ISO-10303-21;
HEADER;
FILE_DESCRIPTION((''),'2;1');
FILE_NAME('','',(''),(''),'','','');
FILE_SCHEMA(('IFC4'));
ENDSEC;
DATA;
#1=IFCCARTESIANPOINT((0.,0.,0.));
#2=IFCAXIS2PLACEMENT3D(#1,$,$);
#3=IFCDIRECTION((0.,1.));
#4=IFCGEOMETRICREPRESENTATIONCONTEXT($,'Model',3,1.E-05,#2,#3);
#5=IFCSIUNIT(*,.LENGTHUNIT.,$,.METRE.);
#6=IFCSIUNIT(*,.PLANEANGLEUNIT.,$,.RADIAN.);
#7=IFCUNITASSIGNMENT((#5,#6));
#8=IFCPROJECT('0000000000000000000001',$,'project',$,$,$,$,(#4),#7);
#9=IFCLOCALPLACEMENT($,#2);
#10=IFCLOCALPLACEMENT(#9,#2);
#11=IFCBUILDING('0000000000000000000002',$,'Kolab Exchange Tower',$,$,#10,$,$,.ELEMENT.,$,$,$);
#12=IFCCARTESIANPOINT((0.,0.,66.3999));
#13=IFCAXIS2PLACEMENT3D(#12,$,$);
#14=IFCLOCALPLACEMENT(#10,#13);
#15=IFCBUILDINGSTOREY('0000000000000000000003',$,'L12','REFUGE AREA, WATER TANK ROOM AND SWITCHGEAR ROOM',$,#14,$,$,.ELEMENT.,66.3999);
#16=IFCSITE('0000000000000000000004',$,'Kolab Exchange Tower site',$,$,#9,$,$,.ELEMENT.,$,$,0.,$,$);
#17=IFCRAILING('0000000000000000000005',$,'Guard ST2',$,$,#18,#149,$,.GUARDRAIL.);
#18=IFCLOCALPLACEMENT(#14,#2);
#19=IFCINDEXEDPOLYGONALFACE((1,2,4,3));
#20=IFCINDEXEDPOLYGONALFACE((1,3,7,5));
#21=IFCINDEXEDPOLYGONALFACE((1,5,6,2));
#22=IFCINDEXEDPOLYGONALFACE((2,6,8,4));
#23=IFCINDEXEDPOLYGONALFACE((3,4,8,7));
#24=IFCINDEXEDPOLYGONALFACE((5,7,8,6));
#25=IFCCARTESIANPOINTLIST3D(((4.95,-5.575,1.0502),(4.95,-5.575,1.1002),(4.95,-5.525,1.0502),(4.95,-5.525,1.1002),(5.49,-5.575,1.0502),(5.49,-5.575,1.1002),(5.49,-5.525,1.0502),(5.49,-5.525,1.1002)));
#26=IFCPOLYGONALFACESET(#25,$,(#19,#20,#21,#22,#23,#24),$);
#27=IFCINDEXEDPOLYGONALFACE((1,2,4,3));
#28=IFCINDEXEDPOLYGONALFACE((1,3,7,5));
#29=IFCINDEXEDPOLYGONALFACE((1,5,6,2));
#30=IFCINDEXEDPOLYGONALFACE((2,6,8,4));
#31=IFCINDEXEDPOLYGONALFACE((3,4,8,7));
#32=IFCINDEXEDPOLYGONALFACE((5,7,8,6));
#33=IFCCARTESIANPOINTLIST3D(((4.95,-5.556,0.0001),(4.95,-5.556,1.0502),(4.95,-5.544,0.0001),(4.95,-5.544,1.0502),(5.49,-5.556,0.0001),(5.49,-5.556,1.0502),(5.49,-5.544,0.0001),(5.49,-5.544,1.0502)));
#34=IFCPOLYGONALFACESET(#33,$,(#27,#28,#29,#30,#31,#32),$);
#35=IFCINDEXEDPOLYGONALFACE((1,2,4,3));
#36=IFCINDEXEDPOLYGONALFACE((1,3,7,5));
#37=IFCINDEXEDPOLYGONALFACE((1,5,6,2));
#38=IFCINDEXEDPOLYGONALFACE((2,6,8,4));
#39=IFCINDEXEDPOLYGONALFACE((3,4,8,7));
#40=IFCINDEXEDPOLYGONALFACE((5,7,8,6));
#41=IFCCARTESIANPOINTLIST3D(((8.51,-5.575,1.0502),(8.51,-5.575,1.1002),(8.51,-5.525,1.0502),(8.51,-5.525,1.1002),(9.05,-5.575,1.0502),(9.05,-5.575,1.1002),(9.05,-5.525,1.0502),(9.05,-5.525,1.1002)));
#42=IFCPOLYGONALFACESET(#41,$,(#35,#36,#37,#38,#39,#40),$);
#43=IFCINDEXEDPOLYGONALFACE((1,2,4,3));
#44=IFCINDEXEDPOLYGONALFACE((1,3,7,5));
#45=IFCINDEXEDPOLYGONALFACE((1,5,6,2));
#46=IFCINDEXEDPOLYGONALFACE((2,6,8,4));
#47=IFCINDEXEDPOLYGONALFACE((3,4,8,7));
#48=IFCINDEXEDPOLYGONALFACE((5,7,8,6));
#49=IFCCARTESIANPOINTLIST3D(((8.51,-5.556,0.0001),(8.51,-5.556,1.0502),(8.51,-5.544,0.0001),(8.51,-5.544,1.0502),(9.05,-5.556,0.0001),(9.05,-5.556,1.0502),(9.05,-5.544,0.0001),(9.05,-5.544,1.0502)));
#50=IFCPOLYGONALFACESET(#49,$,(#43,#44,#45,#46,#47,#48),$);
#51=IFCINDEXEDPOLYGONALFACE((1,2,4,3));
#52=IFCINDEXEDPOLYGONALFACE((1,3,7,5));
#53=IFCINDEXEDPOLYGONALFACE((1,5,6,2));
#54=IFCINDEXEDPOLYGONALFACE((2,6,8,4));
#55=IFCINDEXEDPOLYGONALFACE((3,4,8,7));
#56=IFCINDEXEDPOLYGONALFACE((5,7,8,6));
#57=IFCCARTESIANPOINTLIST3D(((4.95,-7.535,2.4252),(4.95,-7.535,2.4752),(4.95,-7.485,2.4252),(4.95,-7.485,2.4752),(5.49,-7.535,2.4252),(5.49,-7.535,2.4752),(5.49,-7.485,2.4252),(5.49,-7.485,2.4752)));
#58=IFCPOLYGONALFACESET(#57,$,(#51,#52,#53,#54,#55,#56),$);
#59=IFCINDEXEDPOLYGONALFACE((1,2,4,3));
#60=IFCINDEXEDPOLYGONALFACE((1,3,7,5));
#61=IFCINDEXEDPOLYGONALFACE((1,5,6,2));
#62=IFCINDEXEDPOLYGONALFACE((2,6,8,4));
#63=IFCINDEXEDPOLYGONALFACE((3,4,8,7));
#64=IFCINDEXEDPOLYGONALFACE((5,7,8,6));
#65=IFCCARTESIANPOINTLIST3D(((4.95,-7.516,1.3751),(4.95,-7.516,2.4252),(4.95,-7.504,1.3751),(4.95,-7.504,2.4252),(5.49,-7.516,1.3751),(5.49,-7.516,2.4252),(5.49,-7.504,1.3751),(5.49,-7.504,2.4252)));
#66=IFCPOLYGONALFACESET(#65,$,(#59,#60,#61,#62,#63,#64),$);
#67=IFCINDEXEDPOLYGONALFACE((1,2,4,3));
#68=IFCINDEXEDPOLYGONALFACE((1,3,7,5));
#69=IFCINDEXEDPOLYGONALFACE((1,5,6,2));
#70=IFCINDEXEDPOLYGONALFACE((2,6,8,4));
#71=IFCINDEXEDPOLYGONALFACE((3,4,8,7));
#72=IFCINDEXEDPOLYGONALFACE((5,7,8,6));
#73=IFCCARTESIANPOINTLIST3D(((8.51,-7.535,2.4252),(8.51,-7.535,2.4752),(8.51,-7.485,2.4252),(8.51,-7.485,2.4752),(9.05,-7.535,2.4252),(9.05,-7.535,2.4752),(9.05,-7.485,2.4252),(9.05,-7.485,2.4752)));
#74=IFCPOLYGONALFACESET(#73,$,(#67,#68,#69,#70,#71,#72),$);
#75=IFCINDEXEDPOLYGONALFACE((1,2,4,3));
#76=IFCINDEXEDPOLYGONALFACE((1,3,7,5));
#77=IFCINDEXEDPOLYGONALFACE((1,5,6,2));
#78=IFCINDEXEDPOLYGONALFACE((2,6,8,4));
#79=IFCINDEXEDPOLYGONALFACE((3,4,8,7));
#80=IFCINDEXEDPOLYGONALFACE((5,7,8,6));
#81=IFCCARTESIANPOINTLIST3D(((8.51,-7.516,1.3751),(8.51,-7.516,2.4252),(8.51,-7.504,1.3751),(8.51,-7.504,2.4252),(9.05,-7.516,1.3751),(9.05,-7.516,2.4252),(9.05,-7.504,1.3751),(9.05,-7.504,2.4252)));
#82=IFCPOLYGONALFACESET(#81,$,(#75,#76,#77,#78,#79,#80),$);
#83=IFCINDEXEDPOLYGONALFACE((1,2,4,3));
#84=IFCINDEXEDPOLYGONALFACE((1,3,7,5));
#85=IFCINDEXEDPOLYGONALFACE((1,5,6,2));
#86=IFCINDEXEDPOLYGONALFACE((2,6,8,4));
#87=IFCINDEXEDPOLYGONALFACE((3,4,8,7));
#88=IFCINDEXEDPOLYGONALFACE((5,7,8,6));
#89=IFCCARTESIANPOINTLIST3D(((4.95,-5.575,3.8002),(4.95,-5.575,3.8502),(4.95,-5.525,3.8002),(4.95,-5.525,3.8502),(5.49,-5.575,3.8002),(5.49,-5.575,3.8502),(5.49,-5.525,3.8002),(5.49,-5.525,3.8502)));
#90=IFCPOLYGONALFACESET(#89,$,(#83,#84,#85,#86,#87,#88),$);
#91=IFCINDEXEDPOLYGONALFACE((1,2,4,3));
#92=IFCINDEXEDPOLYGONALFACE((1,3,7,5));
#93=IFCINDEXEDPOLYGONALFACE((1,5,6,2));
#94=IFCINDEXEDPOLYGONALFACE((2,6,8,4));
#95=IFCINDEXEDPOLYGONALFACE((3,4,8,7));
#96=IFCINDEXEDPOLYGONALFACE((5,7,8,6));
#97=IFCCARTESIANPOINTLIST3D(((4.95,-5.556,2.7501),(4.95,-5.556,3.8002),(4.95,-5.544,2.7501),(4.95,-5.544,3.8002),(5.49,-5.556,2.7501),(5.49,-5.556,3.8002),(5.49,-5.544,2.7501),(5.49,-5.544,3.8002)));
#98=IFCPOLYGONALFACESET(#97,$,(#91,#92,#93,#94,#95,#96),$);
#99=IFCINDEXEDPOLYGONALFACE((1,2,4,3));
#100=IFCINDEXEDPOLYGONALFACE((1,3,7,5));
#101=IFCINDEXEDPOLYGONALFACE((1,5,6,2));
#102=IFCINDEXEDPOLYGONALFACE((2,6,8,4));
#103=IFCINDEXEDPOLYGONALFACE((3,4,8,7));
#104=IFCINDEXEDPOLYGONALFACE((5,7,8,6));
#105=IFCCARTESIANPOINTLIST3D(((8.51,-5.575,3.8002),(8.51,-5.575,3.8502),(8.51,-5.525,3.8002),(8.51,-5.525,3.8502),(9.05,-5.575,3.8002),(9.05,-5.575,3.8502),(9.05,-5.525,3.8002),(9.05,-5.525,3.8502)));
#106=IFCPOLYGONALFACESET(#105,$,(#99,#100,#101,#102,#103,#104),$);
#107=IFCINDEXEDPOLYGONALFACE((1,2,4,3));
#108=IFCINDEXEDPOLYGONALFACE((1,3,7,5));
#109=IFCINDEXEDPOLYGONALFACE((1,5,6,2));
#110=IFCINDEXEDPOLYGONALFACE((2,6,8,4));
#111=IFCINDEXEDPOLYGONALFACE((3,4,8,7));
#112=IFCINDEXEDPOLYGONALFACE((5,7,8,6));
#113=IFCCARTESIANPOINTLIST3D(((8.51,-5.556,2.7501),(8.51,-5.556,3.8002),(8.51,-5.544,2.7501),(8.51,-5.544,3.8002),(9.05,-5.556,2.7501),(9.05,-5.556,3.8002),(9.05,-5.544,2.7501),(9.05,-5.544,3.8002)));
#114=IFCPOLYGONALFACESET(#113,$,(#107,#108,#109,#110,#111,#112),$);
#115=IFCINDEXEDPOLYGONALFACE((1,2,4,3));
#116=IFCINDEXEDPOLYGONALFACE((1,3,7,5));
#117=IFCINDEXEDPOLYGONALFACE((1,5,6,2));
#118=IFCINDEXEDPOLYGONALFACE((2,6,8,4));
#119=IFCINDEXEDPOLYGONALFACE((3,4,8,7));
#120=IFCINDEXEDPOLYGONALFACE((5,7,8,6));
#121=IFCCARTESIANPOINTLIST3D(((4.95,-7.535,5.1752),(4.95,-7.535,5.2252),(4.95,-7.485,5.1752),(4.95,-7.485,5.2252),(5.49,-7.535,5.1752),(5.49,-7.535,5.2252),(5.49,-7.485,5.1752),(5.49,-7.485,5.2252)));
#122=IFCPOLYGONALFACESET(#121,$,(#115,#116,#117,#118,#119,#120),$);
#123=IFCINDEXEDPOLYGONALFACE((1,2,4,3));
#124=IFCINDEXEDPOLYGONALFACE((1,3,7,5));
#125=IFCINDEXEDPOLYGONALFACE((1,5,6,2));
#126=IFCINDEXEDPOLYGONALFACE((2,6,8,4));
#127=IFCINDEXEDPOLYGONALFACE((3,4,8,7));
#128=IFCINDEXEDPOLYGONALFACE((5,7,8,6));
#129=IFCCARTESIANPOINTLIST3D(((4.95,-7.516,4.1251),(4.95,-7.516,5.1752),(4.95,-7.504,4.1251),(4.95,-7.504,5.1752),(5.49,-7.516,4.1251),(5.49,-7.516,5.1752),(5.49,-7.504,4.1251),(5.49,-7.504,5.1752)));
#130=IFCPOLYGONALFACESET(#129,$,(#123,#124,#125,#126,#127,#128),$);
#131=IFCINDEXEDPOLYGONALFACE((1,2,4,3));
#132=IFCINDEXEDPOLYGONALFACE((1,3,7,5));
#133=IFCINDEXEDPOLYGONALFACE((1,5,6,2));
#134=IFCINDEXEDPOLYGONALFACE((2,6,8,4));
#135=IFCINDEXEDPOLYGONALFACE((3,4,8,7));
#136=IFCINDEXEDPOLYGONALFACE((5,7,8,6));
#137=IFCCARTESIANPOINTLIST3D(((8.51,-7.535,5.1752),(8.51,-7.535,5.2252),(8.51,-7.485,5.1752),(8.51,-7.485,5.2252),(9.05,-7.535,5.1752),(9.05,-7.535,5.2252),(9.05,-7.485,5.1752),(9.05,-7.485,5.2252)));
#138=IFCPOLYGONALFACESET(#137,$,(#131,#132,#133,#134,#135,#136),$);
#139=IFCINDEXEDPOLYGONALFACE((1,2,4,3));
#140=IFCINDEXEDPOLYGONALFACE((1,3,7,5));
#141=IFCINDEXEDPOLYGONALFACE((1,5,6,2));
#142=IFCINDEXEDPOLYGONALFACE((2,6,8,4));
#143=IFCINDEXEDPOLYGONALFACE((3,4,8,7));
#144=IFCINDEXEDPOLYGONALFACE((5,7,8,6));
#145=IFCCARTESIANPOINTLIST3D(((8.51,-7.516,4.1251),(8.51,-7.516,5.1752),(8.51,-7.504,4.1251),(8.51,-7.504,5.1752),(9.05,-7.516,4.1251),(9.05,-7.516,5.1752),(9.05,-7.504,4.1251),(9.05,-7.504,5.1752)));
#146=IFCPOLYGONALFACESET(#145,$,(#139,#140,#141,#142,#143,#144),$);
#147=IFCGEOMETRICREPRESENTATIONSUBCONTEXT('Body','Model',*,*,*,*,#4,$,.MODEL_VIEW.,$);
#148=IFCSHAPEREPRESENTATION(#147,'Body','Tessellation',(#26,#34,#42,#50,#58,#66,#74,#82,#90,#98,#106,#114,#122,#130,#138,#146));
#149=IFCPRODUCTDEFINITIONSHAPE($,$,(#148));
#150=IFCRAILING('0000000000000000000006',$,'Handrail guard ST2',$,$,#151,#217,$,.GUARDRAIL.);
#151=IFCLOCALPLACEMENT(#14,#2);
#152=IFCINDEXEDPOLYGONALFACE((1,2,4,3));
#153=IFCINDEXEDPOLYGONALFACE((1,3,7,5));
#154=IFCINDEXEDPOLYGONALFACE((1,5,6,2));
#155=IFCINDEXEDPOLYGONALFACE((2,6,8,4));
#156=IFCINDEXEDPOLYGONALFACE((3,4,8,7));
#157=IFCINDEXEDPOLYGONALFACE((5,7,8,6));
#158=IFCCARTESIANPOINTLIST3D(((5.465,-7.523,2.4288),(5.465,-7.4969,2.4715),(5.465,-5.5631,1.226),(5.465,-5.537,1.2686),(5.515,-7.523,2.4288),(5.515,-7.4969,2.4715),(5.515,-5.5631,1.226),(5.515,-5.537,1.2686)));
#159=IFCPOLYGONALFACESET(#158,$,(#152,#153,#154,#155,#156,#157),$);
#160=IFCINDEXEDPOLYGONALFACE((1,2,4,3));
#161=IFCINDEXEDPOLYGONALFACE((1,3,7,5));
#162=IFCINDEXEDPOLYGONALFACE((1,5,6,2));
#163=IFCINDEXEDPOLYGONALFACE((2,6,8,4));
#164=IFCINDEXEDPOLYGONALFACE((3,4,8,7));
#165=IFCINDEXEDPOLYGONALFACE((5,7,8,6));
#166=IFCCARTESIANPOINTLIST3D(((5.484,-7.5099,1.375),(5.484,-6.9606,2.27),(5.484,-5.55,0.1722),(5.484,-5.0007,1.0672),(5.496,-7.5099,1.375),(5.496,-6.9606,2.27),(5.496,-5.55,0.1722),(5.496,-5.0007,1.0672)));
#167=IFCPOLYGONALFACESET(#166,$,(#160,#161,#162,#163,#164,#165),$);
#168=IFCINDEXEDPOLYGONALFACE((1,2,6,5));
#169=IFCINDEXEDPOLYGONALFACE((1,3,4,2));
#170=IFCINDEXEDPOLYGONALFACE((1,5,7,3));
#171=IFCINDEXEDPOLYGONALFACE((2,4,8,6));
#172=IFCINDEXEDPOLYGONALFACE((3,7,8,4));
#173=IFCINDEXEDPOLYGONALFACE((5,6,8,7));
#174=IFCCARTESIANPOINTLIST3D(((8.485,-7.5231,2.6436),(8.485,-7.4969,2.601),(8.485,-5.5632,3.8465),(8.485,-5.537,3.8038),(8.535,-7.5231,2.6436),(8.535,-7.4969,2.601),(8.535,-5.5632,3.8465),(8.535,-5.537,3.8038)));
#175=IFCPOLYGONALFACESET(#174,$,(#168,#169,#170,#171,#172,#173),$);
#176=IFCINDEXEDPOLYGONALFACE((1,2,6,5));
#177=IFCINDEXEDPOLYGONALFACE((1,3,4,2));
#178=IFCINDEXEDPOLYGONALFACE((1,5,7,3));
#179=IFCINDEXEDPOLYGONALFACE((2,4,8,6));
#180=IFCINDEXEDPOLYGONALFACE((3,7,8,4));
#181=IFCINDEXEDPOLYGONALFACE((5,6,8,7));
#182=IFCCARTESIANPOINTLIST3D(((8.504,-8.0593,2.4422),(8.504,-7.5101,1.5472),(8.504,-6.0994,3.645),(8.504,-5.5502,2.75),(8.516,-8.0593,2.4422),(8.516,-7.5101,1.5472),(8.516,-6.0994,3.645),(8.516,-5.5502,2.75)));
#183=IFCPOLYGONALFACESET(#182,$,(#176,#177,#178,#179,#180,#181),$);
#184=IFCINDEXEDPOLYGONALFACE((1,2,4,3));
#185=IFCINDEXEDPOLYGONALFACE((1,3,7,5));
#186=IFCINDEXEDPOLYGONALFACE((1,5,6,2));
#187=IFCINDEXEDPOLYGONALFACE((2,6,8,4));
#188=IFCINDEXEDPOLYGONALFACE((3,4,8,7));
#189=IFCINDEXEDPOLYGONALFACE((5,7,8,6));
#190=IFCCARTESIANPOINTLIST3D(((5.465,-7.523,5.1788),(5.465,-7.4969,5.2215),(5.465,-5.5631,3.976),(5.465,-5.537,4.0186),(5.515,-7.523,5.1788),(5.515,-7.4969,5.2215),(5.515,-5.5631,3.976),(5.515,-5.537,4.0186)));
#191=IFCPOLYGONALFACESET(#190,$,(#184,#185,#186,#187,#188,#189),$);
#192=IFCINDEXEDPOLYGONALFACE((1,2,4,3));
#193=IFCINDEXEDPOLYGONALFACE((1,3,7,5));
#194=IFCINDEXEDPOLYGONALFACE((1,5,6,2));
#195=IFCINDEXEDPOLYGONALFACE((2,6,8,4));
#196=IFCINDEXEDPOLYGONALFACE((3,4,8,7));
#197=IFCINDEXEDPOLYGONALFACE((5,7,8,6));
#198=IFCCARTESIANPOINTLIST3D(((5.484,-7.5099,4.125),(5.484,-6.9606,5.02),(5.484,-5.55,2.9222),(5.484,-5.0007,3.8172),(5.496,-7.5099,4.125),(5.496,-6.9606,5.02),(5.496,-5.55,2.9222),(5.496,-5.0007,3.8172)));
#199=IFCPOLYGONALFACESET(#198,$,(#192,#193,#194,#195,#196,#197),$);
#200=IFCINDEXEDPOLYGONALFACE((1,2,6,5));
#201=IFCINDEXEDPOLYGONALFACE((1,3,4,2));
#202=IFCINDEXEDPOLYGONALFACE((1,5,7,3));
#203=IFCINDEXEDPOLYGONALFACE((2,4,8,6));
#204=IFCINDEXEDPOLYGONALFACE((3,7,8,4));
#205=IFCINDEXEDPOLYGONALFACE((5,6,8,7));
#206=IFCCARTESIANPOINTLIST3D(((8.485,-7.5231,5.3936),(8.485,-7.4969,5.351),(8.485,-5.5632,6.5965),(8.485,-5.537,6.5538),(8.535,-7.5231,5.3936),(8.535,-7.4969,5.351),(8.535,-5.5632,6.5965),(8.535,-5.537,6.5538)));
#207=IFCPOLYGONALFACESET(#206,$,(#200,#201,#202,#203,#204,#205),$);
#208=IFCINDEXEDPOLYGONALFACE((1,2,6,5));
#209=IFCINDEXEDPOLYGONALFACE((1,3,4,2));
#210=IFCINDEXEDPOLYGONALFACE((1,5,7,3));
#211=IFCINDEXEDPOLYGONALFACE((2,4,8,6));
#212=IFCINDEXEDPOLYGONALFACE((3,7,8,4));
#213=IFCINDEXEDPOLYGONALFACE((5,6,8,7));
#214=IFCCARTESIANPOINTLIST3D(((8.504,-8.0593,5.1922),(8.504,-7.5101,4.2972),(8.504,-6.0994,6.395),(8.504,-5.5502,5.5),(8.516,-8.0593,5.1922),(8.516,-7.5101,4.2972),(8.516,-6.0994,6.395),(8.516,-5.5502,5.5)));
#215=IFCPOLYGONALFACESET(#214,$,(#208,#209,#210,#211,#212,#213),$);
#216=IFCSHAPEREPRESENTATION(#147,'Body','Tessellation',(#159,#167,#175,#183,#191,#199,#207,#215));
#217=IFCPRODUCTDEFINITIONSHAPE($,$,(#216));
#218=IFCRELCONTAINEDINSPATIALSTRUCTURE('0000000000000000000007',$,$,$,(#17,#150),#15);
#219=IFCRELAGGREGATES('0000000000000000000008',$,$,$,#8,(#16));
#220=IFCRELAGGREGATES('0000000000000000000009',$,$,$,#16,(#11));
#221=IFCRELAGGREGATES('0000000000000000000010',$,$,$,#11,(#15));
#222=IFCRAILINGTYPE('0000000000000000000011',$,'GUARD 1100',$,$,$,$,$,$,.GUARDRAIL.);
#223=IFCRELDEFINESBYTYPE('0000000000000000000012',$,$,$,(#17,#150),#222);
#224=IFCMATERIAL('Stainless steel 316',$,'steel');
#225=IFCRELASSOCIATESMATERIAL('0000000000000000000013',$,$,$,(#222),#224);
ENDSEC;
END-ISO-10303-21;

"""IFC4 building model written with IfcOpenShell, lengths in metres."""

from ifc_helpers import new_model, si_unit, direction, frame, frame_2d, origin, origin_2d, place, context, subcontext, project, spatial, rectangle, extrude, material, type_object, element, save


model = new_model("IFC4")

# Units and contexts
model_context = context("Model", 3, precision=1e-05, world=origin(), true_north=direction((0.0, 1.0)))
body_context = subcontext(model_context, "Body", "Model", "MODEL_VIEW")
ifc_project = project(units=[si_unit("LENGTHUNIT", "METRE"), si_unit("PLANEANGLEUNIT", "RADIAN")], contexts=[model_context])

# Site, building, storey
site_placement = place(None, origin())
site = spatial("IfcSite", under=ifc_project, at=site_placement, Name="Kolab Exchange Tower site", CompositionType="ELEMENT", RefElevation=0.0)
building_placement = place(site_placement, origin())
building = spatial("IfcBuilding", under=site, at=building_placement, Name="Kolab Exchange Tower", CompositionType="ELEMENT")
storey_placement = place(building_placement, frame((0.0, 0.0, 66.3999)))
storey = spatial("IfcBuildingStorey", under=building, at=storey_placement, Name="L12", Description="REFUGE AREA, WATER TANK ROOM AND SWITCHGEAR ROOM", CompositionType="ELEMENT", Elevation=66.3999)

# Shared definitions
ifc_material_1 = material(Name="Stainless steel 316", Category="steel")

# Railings
railing_type = type_object("IfcRailingType", Name="GUARD 1100", PredefinedType="GUARDRAIL", material=ifc_material_1)
railing_1_placement = place(storey_placement, frame((4.95, -5.55, 0.0)))
element("IfcRailing", 1, at=railing_1_placement, inside=storey, type_object=railing_type, Name="Guard ST2", PredefinedType="GUARDRAIL", context=body_context, shape_type="SweptSolid", body=[
    extrude(rectangle(XDim=0.05, YDim=0.05, at=origin_2d()), frame((0.0, 0.0, 1.0752), z_axis=(1.0, 0.0, 0.0), x_axis=(0.0, 1.0, 0.0)), (0.0, 0.0, 1.0), 0.54),
    extrude(rectangle(XDim=0.012, YDim=1.0501, at=frame_2d((0.0, 0.5251))), frame((0.0, 0.0, 0.0), z_axis=(1.0, 0.0, 0.0), x_axis=(0.0, 1.0, 0.0)), (0.0, 0.0, 1.0), 0.54),
    extrude(rectangle(XDim=0.05, YDim=0.05, at=origin_2d()), frame((3.5601, 0.0, 1.0752), z_axis=(1.0, 0.0, 0.0), x_axis=(0.0, 1.0, 0.0)), (0.0, 0.0, 1.0), 0.54),
    extrude(rectangle(XDim=0.012, YDim=1.0501, at=frame_2d((0.0, 0.5251))), frame((3.5601, 0.0, 0.0), z_axis=(1.0, 0.0, 0.0), x_axis=(0.0, 1.0, 0.0)), (0.0, 0.0, 1.0), 0.54),
    extrude(rectangle(XDim=0.05, YDim=0.05, at=origin_2d()), frame((0.0, -1.96, 2.4502), z_axis=(1.0, 0.0, 0.0), x_axis=(0.0, 1.0, 0.0)), (0.0, 0.0, 1.0), 0.54),
    extrude(rectangle(XDim=0.012, YDim=1.0501, at=frame_2d((0.0, 0.5251))), frame((0.0, -1.96, 1.375), z_axis=(1.0, 0.0, 0.0), x_axis=(0.0, 1.0, 0.0)), (0.0, 0.0, 1.0), 0.54),
    extrude(rectangle(XDim=0.05, YDim=0.05, at=origin_2d()), frame((3.5601, -1.96, 2.4502), z_axis=(1.0, 0.0, 0.0), x_axis=(0.0, 1.0, 0.0)), (0.0, 0.0, 1.0), 0.54),
    extrude(rectangle(XDim=0.012, YDim=1.0501, at=frame_2d((0.0, 0.5251))), frame((3.5601, -1.96, 1.375), z_axis=(1.0, 0.0, 0.0), x_axis=(0.0, 1.0, 0.0)), (0.0, 0.0, 1.0), 0.54),
    extrude(rectangle(XDim=0.05, YDim=0.05, at=origin_2d()), frame((0.0, 0.0, 3.8252), z_axis=(1.0, 0.0, 0.0), x_axis=(0.0, 1.0, 0.0)), (0.0, 0.0, 1.0), 0.54),
    extrude(rectangle(XDim=0.012, YDim=1.0501, at=frame_2d((0.0, 0.5251))), frame((0.0, 0.0, 2.75), z_axis=(1.0, 0.0, 0.0), x_axis=(0.0, 1.0, 0.0)), (0.0, 0.0, 1.0), 0.54),
    extrude(rectangle(XDim=0.05, YDim=0.05, at=origin_2d()), frame((3.5601, 0.0, 3.8252), z_axis=(1.0, 0.0, 0.0), x_axis=(0.0, 1.0, 0.0)), (0.0, 0.0, 1.0), 0.54),
    extrude(rectangle(XDim=0.012, YDim=1.0501, at=frame_2d((0.0, 0.5251))), frame((3.5601, 0.0, 2.75), z_axis=(1.0, 0.0, 0.0), x_axis=(0.0, 1.0, 0.0)), (0.0, 0.0, 1.0), 0.54),
    extrude(rectangle(XDim=0.05, YDim=0.05, at=origin_2d()), frame((0.0, -1.96, 5.2002), z_axis=(1.0, 0.0, 0.0), x_axis=(0.0, 1.0, 0.0)), (0.0, 0.0, 1.0), 0.54),
    extrude(rectangle(XDim=0.012, YDim=1.0501, at=frame_2d((0.0, 0.5251))), frame((0.0, -1.96, 4.125), z_axis=(1.0, 0.0, 0.0), x_axis=(0.0, 1.0, 0.0)), (0.0, 0.0, 1.0), 0.54),
    extrude(rectangle(XDim=0.05, YDim=0.05, at=origin_2d()), frame((3.5601, -1.96, 5.2002), z_axis=(1.0, 0.0, 0.0), x_axis=(0.0, 1.0, 0.0)), (0.0, 0.0, 1.0), 0.54),
    extrude(rectangle(XDim=0.012, YDim=1.0501, at=frame_2d((0.0, 0.5251))), frame((3.5601, -1.96, 4.125), z_axis=(1.0, 0.0, 0.0), x_axis=(0.0, 1.0, 0.0)), (0.0, 0.0, 1.0), 0.54),
])
railing_2_placement = place(storey_placement, frame((5.49, -5.55, 0.1721)))
element("IfcRailing", 2, at=railing_2_placement, inside=storey, type_object=railing_type, Name="Handrail guard ST2", PredefinedType="GUARDRAIL", context=body_context, shape_type="SweptSolid", body=[
    extrude(rectangle(XDim=0.05, YDim=0.05, at=origin_2d()), frame((0.0, 0.0, 1.0752), z_axis=(0.0, -0.852288, 0.523072), x_axis=(1.0, 0.0, 0.0)), (0.0, 0.0, 1.0), 2.2996),
    extrude(rectangle(XDim=0.012, YDim=1.0501, at=frame_2d((0.0, 0.5251))), frame((0.0, 0.0, 0.0), z_axis=(0.0, -0.852288, 0.523072), x_axis=(1.0, 0.0, 0.0)), (0.0, 0.0, 1.0), 2.2996),
    extrude(rectangle(XDim=0.05, YDim=0.05, at=origin_2d()), frame((3.02, -1.96, 2.4502), z_axis=(0.0, 0.852288, 0.523072), x_axis=(-1.0, 0.0, 0.0)), (0.0, 0.0, 1.0), 2.2996),
    extrude(rectangle(XDim=0.012, YDim=1.0501, at=frame_2d((0.0, 0.5251))), frame((3.02, -1.96, 1.375), z_axis=(0.0, 0.852288, 0.523072), x_axis=(-1.0, 0.0, 0.0)), (0.0, 0.0, 1.0), 2.2996),
    extrude(rectangle(XDim=0.05, YDim=0.05, at=origin_2d()), frame((0.0, 0.0, 3.8252), z_axis=(0.0, -0.852288, 0.523072), x_axis=(1.0, 0.0, 0.0)), (0.0, 0.0, 1.0), 2.2996),
    extrude(rectangle(XDim=0.012, YDim=1.0501, at=frame_2d((0.0, 0.5251))), frame((0.0, 0.0, 2.75), z_axis=(0.0, -0.852288, 0.523072), x_axis=(1.0, 0.0, 0.0)), (0.0, 0.0, 1.0), 2.2996),
    extrude(rectangle(XDim=0.05, YDim=0.05, at=origin_2d()), frame((3.02, -1.96, 5.2002), z_axis=(0.0, 0.852288, 0.523072), x_axis=(-1.0, 0.0, 0.0)), (0.0, 0.0, 1.0), 2.2996),
    extrude(rectangle(XDim=0.012, YDim=1.0501, at=frame_2d((0.0, 0.5251))), frame((3.02, -1.96, 4.125), z_axis=(0.0, 0.852288, 0.523072), x_axis=(-1.0, 0.0, 0.0)), (0.0, 0.0, 1.0), 2.2996),
])

save(model, "model.ifc")
